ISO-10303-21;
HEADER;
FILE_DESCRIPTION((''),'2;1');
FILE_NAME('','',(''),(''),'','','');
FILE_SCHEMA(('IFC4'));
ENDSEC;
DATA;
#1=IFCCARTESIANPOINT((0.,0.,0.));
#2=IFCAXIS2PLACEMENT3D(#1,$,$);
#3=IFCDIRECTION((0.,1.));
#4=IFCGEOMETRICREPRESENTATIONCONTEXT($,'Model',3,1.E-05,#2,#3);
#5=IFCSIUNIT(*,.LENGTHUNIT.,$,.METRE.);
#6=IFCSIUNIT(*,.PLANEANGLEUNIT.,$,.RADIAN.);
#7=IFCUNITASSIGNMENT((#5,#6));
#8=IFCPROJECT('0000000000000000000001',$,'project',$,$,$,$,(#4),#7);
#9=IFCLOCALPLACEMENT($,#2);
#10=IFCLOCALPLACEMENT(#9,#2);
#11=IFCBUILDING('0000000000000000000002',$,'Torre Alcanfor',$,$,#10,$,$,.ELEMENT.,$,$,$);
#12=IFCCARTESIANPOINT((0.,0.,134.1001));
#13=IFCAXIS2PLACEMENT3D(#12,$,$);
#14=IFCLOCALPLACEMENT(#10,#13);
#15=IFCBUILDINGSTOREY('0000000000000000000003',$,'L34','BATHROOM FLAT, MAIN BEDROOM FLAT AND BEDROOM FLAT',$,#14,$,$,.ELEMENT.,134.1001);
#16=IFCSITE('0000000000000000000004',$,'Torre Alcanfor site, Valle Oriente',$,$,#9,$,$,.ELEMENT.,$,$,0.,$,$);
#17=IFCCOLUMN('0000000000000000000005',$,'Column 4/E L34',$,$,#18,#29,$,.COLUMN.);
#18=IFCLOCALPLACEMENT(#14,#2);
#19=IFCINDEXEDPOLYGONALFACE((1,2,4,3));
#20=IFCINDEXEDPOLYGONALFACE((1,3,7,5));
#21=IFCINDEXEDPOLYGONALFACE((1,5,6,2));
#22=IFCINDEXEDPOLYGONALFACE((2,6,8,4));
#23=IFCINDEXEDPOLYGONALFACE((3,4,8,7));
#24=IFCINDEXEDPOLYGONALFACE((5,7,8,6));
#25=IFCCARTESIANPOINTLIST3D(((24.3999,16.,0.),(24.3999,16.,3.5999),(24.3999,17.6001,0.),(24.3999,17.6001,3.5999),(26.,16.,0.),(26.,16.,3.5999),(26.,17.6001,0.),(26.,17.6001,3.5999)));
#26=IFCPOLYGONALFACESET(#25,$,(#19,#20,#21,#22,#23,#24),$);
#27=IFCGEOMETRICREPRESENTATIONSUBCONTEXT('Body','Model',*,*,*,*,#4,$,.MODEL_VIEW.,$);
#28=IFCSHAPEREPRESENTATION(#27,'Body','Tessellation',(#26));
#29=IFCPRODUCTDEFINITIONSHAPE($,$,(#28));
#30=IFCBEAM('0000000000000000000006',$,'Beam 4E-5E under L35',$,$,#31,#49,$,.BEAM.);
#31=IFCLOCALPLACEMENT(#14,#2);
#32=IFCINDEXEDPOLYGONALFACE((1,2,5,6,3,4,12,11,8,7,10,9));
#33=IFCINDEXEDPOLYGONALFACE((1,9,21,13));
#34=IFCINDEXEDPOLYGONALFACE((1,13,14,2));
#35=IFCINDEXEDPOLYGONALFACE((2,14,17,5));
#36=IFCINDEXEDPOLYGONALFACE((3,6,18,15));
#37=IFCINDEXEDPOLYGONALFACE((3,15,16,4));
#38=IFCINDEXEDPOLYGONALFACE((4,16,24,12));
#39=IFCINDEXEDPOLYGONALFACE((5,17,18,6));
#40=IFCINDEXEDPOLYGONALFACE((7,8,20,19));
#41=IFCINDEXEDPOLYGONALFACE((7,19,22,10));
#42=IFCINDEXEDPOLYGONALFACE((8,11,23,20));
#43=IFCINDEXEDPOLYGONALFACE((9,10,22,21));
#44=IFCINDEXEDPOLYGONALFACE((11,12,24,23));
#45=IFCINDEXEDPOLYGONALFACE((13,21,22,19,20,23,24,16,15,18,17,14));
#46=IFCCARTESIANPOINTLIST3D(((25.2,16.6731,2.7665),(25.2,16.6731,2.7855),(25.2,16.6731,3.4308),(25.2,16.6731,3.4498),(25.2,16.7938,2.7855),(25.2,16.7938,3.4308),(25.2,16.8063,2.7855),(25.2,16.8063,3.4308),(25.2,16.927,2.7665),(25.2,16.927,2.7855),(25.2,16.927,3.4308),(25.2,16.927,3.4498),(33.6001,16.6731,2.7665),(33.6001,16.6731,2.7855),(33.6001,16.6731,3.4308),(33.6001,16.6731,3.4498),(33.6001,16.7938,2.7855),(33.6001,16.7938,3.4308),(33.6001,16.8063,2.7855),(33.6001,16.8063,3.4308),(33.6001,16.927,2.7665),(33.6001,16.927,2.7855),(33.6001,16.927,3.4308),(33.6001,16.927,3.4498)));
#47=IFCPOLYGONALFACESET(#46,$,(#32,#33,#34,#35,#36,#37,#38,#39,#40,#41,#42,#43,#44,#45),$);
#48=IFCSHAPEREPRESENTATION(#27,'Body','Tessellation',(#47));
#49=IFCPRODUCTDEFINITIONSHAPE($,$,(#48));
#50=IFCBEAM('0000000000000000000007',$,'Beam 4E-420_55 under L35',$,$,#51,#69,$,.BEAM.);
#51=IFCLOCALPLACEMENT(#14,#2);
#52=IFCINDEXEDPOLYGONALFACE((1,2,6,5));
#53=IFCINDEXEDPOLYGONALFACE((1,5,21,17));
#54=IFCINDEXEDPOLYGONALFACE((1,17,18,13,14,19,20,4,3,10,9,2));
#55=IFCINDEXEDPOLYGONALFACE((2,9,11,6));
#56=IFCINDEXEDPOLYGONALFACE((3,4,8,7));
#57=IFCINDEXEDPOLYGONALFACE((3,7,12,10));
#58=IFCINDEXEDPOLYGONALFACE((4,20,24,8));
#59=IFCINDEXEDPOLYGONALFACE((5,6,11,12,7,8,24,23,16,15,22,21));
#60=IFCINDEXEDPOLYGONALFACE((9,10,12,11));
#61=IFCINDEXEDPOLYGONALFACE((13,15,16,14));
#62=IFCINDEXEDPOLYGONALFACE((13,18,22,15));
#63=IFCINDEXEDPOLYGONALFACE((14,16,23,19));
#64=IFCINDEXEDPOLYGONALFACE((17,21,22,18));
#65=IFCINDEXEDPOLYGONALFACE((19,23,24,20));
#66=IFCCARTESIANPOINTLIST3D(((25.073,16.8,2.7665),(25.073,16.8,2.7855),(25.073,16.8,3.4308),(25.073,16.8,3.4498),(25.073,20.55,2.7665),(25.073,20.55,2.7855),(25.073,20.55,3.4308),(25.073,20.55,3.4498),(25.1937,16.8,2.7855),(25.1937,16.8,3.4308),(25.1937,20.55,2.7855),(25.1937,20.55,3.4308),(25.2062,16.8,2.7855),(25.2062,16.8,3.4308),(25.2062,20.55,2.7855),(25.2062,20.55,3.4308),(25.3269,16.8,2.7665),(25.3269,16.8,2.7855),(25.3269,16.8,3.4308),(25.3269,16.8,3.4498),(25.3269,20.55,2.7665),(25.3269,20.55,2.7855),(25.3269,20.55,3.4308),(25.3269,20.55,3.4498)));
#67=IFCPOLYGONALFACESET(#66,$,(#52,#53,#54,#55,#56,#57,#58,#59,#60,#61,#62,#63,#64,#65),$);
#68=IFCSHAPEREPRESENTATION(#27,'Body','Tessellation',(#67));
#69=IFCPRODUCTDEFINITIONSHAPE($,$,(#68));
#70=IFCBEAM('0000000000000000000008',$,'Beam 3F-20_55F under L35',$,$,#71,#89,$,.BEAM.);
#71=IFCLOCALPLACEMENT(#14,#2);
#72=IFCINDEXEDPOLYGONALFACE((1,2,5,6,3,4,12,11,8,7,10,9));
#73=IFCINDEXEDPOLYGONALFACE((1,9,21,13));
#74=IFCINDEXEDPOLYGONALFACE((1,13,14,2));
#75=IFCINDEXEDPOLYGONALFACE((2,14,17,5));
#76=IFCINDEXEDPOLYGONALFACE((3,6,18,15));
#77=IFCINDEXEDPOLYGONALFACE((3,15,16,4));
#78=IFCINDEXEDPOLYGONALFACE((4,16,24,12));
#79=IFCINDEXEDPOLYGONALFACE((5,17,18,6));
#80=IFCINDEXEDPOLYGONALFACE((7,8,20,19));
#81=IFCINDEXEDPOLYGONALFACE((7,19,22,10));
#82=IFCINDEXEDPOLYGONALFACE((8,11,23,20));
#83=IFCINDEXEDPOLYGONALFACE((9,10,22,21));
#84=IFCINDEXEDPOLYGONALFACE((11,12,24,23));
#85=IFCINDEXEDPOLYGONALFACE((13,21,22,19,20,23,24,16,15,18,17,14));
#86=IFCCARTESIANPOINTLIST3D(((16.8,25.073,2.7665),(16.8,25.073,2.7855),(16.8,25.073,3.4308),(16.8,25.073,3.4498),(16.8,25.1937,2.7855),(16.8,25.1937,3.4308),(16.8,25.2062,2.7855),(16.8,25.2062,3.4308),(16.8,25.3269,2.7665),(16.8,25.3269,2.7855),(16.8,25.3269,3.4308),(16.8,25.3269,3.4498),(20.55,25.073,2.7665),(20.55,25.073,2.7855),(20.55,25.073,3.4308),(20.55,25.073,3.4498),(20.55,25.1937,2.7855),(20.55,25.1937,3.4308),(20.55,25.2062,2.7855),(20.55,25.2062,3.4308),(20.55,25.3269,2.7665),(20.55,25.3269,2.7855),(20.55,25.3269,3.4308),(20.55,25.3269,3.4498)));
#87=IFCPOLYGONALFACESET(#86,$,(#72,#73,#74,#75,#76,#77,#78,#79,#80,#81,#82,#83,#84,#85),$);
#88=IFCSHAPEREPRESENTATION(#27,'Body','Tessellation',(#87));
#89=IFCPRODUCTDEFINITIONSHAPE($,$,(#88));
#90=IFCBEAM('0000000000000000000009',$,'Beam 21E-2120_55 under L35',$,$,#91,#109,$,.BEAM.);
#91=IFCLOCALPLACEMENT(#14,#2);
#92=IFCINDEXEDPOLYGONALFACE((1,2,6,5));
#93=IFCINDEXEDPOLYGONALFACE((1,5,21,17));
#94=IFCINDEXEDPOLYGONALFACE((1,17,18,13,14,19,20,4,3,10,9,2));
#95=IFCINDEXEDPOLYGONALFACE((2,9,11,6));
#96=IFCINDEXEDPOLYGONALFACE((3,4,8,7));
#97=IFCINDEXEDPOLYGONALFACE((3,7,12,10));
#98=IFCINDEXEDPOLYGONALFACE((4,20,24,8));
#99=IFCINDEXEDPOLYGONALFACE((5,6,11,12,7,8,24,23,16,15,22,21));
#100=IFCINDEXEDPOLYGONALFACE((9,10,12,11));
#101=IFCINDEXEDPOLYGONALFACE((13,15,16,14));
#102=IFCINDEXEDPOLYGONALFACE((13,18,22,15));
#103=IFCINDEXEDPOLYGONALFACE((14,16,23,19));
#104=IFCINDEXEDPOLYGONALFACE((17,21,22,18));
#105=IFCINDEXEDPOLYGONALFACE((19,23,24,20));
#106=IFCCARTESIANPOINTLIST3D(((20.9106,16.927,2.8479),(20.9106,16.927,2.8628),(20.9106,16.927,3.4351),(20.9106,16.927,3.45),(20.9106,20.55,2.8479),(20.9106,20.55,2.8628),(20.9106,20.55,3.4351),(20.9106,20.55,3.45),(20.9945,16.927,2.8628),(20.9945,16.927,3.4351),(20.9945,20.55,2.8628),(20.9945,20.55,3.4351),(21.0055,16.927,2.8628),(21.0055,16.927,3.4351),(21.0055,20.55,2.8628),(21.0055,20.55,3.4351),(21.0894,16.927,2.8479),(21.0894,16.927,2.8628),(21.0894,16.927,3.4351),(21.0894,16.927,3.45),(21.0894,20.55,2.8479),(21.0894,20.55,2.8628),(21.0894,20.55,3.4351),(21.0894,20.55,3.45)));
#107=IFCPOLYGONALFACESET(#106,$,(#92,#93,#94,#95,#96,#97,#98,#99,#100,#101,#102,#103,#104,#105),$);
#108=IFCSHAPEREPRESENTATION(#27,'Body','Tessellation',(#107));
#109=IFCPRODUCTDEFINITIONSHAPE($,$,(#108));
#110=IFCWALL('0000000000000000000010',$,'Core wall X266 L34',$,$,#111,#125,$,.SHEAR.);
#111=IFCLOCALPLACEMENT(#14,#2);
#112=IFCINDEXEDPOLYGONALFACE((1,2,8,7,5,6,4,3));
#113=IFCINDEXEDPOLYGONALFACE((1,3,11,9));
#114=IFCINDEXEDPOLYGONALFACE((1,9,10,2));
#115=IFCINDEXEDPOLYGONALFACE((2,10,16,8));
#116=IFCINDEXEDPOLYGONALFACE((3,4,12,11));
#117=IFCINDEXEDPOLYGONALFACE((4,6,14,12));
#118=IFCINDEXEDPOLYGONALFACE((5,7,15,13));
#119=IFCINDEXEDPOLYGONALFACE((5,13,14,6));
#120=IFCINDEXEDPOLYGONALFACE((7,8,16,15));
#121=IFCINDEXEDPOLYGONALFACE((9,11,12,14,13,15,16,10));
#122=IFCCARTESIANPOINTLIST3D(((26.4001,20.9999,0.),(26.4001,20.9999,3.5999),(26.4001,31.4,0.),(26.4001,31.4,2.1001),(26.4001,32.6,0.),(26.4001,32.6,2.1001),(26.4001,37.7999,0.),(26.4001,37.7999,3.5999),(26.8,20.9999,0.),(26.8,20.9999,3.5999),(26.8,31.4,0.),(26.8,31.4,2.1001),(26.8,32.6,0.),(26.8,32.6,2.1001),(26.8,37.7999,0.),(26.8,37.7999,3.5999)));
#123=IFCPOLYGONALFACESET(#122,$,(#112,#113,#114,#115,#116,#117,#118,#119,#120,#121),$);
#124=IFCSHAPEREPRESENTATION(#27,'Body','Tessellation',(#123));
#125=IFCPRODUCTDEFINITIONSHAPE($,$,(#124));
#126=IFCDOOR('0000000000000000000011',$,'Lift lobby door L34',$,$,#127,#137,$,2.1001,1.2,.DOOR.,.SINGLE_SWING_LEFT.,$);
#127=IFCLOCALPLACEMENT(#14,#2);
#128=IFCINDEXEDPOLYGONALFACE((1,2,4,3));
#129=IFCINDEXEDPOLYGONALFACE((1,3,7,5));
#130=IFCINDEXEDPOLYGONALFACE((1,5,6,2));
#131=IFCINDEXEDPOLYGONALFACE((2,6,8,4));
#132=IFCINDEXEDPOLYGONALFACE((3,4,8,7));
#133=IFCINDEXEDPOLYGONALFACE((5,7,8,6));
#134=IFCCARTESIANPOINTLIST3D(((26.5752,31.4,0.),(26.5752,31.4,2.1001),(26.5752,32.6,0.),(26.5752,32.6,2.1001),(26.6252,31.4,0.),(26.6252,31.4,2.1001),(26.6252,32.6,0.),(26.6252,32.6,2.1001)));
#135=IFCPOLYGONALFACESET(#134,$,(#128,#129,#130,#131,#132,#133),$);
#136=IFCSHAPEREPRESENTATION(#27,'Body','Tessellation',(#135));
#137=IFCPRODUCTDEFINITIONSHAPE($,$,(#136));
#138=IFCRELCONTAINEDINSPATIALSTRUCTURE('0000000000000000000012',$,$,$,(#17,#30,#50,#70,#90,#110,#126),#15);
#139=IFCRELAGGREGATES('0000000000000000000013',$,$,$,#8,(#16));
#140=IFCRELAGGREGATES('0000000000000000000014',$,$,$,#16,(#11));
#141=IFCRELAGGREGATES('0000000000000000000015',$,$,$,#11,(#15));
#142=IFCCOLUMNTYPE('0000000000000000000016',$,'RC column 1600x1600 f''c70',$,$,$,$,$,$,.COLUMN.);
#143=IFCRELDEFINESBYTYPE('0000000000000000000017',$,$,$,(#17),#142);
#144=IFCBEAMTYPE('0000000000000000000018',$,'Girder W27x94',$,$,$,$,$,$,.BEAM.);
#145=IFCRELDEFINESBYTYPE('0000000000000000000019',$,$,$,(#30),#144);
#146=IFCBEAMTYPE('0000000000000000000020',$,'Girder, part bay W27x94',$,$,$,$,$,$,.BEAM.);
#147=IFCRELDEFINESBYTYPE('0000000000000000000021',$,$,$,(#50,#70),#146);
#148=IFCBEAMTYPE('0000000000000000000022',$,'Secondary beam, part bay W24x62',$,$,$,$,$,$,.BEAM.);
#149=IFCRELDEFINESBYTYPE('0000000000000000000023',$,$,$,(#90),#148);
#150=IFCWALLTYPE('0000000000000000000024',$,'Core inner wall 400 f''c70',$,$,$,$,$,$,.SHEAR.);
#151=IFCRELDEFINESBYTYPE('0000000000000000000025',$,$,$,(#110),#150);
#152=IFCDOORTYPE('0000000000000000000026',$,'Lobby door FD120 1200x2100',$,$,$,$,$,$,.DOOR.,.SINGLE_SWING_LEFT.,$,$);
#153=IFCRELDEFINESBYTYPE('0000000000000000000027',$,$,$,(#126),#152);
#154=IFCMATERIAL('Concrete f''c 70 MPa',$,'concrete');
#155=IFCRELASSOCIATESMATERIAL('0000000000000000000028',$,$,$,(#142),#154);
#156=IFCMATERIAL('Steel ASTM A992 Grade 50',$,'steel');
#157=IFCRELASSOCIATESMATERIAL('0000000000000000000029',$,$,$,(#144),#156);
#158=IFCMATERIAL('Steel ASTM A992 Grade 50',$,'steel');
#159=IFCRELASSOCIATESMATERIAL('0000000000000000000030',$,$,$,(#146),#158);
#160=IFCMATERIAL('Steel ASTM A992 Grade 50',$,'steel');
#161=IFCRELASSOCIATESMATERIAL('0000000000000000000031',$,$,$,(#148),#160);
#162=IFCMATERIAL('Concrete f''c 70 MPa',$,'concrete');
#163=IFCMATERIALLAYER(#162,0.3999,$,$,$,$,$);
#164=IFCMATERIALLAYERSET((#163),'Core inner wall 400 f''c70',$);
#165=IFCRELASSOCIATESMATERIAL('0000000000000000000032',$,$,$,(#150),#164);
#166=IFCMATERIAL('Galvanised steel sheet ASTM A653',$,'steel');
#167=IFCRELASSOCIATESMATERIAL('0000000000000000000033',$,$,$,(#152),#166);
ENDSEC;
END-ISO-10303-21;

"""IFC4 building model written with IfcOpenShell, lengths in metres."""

from ifc_helpers import new_model, si_unit, direction, frame, frame_2d, origin, origin_2d, place, context, subcontext, project, spatial, rectangle, i_section, extrude, material, layer, layer_set, material_profile, profile_set, type_object, element, fill, save


model = new_model("IFC4")

# Units and contexts
model_context = context("Model", 3, precision=1e-05, world=origin(), true_north=direction((0.0, 1.0)))
body_context = subcontext(model_context, "Body", "Model", "MODEL_VIEW")
ifc_project = project(units=[si_unit("LENGTHUNIT", "METRE"), si_unit("PLANEANGLEUNIT", "RADIAN")], contexts=[model_context])

# Site, building, storey
site_placement = place(None, origin())
site = spatial("IfcSite", under=ifc_project, at=site_placement, Name="Torre Alcanfor site, Valle Oriente", CompositionType="ELEMENT", RefElevation=0.0)
building_placement = place(site_placement, origin())
building = spatial("IfcBuilding", under=site, at=building_placement, Name="Torre Alcanfor", CompositionType="ELEMENT")
storey_placement = place(building_placement, frame((0.0, 0.0, 134.1001)))
storey = spatial("IfcBuildingStorey", under=building, at=storey_placement, Name="L34", Description="BATHROOM FLAT, MAIN BEDROOM FLAT AND BEDROOM FLAT", CompositionType="ELEMENT", Elevation=134.1001)

# Column
ifc_material_1 = material(Name="Concrete f'c 70 MPa", Category="concrete")
ifc_material_profile_1 = material_profile(ifc_material_1, rectangle(XDim=1.6001, YDim=1.6001, at=origin_2d()), Name="1600x1600")
ifc_profile_set_1 = profile_set([ifc_material_profile_1], Name="Concrete f'c 70 MPa")
column_type = type_object("IfcColumnType", Name="RC column 1600x1600 f'c70", PredefinedType="COLUMN", material=ifc_profile_set_1)
column_placement = place(storey_placement, frame((25.2, 16.8, 0.0), z_axis=(0.0, 0.0, 1.0), x_axis=(1.0, 0.0, 0.0)))
element("IfcColumn", 1, at=column_placement, inside=storey, type_object=column_type, Name="Column 4/E L34", PredefinedType="COLUMN", context=body_context, shape_type="SweptSolid", body=[
    extrude(rectangle(XDim=1.6001, YDim=1.6001, at=origin_2d()), origin(), (0.0, 0.0, 1.0), 3.5999),
])

# Beams
ifc_material_2 = material(Name="Steel ASTM A992 Grade 50", Category="steel")
ifc_material_profile_2 = material_profile(ifc_material_2, i_section(OverallWidth=0.2539, OverallDepth=0.6833, WebThickness=0.0125, FlangeThickness=0.019, at=origin_2d()), Name="W27x94")
ifc_profile_set_2 = profile_set([ifc_material_profile_2], Name="Steel ASTM A992 Grade 50")
beam_type_1 = type_object("IfcBeamType", Name="Girder W27x94", PredefinedType="BEAM", material=ifc_profile_set_2)
beam_1_placement = place(storey_placement, frame((25.2, 16.8, 3.1082), z_axis=(1.0, 0.0, 0.0), x_axis=(0.0, 1.0, 0.0)))
element("IfcBeam", 2, at=beam_1_placement, inside=storey, type_object=beam_type_1, Name="Beam 4E-5E under L35", PredefinedType="BEAM", context=body_context, shape_type="SweptSolid", body=[
    extrude(i_section(OverallWidth=0.2539, OverallDepth=0.6833, WebThickness=0.0125, FlangeThickness=0.019, at=origin_2d()), origin(), (0.0, 0.0, 1.0), 8.4001),
])
ifc_material_3 = material(Name="Steel ASTM A992 Grade 50", Category="steel")
ifc_material_profile_3 = material_profile(ifc_material_3, i_section(OverallWidth=0.2539, OverallDepth=0.6833, WebThickness=0.0125, FlangeThickness=0.019, at=origin_2d()), Name="W27x94")
ifc_profile_set_3 = profile_set([ifc_material_profile_3], Name="Steel ASTM A992 Grade 50")
beam_type_2 = type_object("IfcBeamType", Name="Girder, part bay W27x94", PredefinedType="BEAM", material=ifc_profile_set_3)
for number, where, z_axis, x_axis, name in (
    (3, (25.2, 16.8, 3.1082), (0.0, 1.0, 0.0), (-1.0, 0.0, 0.0), "Beam 4E-420_55 under L35"),
    (4, (16.8, 25.2, 3.1082), (1.0, 0.0, 0.0), (0.0, 1.0, 0.0), "Beam 3F-20_55F under L35"),
):
    element("IfcBeam", number, at=place(storey_placement, frame(where, z_axis=z_axis, x_axis=x_axis)), inside=storey, type_object=beam_type_2, Name=name, PredefinedType="BEAM", context=body_context, shape_type="SweptSolid", body=[
        extrude(i_section(OverallWidth=0.2539, OverallDepth=0.6833, WebThickness=0.0125, FlangeThickness=0.019, at=origin_2d()), origin(), (0.0, 0.0, 1.0), 3.75),
    ])
ifc_material_4 = material(Name="Steel ASTM A992 Grade 50", Category="steel")
ifc_material_profile_4 = material_profile(ifc_material_4, i_section(OverallWidth=0.1787, OverallDepth=0.6021, WebThickness=0.011, FlangeThickness=0.0149, at=origin_2d()), Name="W24x62")
ifc_profile_set_4 = profile_set([ifc_material_profile_4], Name="Steel ASTM A992 Grade 50")
beam_type_3 = type_object("IfcBeamType", Name="Secondary beam, part bay W24x62", PredefinedType="BEAM", material=ifc_profile_set_4)
beam_2_placement = place(storey_placement, frame((21.0, 16.927, 3.1489), z_axis=(0.0, 1.0, 0.0), x_axis=(-1.0, 0.0, 0.0)))
element("IfcBeam", 5, at=beam_2_placement, inside=storey, type_object=beam_type_3, Name="Beam 21E-2120_55 under L35", PredefinedType="BEAM", context=body_context, shape_type="SweptSolid", body=[
    extrude(i_section(OverallWidth=0.1787, OverallDepth=0.6021, WebThickness=0.011, FlangeThickness=0.0149, at=origin_2d()), origin(), (0.0, 0.0, 1.0), 3.623),
])

# Wall, opening, door
ifc_material_5 = material(Name="Concrete f'c 70 MPa", Category="concrete")
ifc_layer_1 = layer(ifc_material_5, 0.3999)
ifc_layer_set_1 = layer_set([ifc_layer_1], Name="Core inner wall 400 f'c70")
wall_type_1 = type_object("IfcWallType", Name="Core inner wall 400 f'c70", PredefinedType="SHEAR", material=ifc_layer_set_1)
wall_1_placement = place(storey_placement, frame((26.6001, 21.0, 0.0), z_axis=(0.0, 0.0, 1.0), x_axis=(0.0, 1.0, 0.0)))
wall_1 = element("IfcWall", 6, at=wall_1_placement, inside=storey, type_object=wall_type_1, Name="Core wall X266 L34", PredefinedType="SHEAR", context=body_context, shape_type="SweptSolid", body=[
    extrude(rectangle(XDim=16.8, YDim=0.3999, at=frame_2d((8.3999, 0.0))), origin(), (0.0, 0.0, 1.0), 3.5999),
])
opening_1_placement = place(wall_1_placement, frame((10.3999, 0.0, 0.0)))
opening_1 = element("IfcOpeningElement", 7, at=opening_1_placement, cuts=wall_1, PredefinedType="OPENING", context=body_context, shape_type="SweptSolid", body=[
    extrude(rectangle(XDim=1.2, YDim=2.1001, at=frame_2d((0.6001, 1.05))), frame((0.0, 0.21, 0.0), z_axis=(0.0, -1.0, 0.0), x_axis=(1.0, 0.0, 0.0)), (0.0, 0.0, 1.0), 0.4199),
])
ifc_material_6 = material(Name="Galvanised steel sheet ASTM A653", Category="steel")
door_type_1 = type_object("IfcDoorType", Name="Lobby door FD120 1200x2100", OperationType="SINGLE_SWING_LEFT", PredefinedType="DOOR", material=ifc_material_6)
door_1_placement = place(opening_1_placement, origin())
door_1 = element("IfcDoor", 8, at=door_1_placement, inside=storey, type_object=door_type_1, Name="Lift lobby door L34", OperationType="SINGLE_SWING_LEFT", OverallHeight=2.1001, OverallWidth=1.2, PredefinedType="DOOR", context=body_context, shape_type="SweptSolid", body=[
    extrude(rectangle(XDim=1.2, YDim=2.1001, at=frame_2d((0.6001, 1.05))), frame((0.0, 0.0249, 0.0), z_axis=(0.0, -1.0, 0.0), x_axis=(1.0, 0.0, 0.0)), (0.0, 0.0, 1.0), 0.05),
])
fill(opening_1, door_1)

save(model, "model.ifc")
